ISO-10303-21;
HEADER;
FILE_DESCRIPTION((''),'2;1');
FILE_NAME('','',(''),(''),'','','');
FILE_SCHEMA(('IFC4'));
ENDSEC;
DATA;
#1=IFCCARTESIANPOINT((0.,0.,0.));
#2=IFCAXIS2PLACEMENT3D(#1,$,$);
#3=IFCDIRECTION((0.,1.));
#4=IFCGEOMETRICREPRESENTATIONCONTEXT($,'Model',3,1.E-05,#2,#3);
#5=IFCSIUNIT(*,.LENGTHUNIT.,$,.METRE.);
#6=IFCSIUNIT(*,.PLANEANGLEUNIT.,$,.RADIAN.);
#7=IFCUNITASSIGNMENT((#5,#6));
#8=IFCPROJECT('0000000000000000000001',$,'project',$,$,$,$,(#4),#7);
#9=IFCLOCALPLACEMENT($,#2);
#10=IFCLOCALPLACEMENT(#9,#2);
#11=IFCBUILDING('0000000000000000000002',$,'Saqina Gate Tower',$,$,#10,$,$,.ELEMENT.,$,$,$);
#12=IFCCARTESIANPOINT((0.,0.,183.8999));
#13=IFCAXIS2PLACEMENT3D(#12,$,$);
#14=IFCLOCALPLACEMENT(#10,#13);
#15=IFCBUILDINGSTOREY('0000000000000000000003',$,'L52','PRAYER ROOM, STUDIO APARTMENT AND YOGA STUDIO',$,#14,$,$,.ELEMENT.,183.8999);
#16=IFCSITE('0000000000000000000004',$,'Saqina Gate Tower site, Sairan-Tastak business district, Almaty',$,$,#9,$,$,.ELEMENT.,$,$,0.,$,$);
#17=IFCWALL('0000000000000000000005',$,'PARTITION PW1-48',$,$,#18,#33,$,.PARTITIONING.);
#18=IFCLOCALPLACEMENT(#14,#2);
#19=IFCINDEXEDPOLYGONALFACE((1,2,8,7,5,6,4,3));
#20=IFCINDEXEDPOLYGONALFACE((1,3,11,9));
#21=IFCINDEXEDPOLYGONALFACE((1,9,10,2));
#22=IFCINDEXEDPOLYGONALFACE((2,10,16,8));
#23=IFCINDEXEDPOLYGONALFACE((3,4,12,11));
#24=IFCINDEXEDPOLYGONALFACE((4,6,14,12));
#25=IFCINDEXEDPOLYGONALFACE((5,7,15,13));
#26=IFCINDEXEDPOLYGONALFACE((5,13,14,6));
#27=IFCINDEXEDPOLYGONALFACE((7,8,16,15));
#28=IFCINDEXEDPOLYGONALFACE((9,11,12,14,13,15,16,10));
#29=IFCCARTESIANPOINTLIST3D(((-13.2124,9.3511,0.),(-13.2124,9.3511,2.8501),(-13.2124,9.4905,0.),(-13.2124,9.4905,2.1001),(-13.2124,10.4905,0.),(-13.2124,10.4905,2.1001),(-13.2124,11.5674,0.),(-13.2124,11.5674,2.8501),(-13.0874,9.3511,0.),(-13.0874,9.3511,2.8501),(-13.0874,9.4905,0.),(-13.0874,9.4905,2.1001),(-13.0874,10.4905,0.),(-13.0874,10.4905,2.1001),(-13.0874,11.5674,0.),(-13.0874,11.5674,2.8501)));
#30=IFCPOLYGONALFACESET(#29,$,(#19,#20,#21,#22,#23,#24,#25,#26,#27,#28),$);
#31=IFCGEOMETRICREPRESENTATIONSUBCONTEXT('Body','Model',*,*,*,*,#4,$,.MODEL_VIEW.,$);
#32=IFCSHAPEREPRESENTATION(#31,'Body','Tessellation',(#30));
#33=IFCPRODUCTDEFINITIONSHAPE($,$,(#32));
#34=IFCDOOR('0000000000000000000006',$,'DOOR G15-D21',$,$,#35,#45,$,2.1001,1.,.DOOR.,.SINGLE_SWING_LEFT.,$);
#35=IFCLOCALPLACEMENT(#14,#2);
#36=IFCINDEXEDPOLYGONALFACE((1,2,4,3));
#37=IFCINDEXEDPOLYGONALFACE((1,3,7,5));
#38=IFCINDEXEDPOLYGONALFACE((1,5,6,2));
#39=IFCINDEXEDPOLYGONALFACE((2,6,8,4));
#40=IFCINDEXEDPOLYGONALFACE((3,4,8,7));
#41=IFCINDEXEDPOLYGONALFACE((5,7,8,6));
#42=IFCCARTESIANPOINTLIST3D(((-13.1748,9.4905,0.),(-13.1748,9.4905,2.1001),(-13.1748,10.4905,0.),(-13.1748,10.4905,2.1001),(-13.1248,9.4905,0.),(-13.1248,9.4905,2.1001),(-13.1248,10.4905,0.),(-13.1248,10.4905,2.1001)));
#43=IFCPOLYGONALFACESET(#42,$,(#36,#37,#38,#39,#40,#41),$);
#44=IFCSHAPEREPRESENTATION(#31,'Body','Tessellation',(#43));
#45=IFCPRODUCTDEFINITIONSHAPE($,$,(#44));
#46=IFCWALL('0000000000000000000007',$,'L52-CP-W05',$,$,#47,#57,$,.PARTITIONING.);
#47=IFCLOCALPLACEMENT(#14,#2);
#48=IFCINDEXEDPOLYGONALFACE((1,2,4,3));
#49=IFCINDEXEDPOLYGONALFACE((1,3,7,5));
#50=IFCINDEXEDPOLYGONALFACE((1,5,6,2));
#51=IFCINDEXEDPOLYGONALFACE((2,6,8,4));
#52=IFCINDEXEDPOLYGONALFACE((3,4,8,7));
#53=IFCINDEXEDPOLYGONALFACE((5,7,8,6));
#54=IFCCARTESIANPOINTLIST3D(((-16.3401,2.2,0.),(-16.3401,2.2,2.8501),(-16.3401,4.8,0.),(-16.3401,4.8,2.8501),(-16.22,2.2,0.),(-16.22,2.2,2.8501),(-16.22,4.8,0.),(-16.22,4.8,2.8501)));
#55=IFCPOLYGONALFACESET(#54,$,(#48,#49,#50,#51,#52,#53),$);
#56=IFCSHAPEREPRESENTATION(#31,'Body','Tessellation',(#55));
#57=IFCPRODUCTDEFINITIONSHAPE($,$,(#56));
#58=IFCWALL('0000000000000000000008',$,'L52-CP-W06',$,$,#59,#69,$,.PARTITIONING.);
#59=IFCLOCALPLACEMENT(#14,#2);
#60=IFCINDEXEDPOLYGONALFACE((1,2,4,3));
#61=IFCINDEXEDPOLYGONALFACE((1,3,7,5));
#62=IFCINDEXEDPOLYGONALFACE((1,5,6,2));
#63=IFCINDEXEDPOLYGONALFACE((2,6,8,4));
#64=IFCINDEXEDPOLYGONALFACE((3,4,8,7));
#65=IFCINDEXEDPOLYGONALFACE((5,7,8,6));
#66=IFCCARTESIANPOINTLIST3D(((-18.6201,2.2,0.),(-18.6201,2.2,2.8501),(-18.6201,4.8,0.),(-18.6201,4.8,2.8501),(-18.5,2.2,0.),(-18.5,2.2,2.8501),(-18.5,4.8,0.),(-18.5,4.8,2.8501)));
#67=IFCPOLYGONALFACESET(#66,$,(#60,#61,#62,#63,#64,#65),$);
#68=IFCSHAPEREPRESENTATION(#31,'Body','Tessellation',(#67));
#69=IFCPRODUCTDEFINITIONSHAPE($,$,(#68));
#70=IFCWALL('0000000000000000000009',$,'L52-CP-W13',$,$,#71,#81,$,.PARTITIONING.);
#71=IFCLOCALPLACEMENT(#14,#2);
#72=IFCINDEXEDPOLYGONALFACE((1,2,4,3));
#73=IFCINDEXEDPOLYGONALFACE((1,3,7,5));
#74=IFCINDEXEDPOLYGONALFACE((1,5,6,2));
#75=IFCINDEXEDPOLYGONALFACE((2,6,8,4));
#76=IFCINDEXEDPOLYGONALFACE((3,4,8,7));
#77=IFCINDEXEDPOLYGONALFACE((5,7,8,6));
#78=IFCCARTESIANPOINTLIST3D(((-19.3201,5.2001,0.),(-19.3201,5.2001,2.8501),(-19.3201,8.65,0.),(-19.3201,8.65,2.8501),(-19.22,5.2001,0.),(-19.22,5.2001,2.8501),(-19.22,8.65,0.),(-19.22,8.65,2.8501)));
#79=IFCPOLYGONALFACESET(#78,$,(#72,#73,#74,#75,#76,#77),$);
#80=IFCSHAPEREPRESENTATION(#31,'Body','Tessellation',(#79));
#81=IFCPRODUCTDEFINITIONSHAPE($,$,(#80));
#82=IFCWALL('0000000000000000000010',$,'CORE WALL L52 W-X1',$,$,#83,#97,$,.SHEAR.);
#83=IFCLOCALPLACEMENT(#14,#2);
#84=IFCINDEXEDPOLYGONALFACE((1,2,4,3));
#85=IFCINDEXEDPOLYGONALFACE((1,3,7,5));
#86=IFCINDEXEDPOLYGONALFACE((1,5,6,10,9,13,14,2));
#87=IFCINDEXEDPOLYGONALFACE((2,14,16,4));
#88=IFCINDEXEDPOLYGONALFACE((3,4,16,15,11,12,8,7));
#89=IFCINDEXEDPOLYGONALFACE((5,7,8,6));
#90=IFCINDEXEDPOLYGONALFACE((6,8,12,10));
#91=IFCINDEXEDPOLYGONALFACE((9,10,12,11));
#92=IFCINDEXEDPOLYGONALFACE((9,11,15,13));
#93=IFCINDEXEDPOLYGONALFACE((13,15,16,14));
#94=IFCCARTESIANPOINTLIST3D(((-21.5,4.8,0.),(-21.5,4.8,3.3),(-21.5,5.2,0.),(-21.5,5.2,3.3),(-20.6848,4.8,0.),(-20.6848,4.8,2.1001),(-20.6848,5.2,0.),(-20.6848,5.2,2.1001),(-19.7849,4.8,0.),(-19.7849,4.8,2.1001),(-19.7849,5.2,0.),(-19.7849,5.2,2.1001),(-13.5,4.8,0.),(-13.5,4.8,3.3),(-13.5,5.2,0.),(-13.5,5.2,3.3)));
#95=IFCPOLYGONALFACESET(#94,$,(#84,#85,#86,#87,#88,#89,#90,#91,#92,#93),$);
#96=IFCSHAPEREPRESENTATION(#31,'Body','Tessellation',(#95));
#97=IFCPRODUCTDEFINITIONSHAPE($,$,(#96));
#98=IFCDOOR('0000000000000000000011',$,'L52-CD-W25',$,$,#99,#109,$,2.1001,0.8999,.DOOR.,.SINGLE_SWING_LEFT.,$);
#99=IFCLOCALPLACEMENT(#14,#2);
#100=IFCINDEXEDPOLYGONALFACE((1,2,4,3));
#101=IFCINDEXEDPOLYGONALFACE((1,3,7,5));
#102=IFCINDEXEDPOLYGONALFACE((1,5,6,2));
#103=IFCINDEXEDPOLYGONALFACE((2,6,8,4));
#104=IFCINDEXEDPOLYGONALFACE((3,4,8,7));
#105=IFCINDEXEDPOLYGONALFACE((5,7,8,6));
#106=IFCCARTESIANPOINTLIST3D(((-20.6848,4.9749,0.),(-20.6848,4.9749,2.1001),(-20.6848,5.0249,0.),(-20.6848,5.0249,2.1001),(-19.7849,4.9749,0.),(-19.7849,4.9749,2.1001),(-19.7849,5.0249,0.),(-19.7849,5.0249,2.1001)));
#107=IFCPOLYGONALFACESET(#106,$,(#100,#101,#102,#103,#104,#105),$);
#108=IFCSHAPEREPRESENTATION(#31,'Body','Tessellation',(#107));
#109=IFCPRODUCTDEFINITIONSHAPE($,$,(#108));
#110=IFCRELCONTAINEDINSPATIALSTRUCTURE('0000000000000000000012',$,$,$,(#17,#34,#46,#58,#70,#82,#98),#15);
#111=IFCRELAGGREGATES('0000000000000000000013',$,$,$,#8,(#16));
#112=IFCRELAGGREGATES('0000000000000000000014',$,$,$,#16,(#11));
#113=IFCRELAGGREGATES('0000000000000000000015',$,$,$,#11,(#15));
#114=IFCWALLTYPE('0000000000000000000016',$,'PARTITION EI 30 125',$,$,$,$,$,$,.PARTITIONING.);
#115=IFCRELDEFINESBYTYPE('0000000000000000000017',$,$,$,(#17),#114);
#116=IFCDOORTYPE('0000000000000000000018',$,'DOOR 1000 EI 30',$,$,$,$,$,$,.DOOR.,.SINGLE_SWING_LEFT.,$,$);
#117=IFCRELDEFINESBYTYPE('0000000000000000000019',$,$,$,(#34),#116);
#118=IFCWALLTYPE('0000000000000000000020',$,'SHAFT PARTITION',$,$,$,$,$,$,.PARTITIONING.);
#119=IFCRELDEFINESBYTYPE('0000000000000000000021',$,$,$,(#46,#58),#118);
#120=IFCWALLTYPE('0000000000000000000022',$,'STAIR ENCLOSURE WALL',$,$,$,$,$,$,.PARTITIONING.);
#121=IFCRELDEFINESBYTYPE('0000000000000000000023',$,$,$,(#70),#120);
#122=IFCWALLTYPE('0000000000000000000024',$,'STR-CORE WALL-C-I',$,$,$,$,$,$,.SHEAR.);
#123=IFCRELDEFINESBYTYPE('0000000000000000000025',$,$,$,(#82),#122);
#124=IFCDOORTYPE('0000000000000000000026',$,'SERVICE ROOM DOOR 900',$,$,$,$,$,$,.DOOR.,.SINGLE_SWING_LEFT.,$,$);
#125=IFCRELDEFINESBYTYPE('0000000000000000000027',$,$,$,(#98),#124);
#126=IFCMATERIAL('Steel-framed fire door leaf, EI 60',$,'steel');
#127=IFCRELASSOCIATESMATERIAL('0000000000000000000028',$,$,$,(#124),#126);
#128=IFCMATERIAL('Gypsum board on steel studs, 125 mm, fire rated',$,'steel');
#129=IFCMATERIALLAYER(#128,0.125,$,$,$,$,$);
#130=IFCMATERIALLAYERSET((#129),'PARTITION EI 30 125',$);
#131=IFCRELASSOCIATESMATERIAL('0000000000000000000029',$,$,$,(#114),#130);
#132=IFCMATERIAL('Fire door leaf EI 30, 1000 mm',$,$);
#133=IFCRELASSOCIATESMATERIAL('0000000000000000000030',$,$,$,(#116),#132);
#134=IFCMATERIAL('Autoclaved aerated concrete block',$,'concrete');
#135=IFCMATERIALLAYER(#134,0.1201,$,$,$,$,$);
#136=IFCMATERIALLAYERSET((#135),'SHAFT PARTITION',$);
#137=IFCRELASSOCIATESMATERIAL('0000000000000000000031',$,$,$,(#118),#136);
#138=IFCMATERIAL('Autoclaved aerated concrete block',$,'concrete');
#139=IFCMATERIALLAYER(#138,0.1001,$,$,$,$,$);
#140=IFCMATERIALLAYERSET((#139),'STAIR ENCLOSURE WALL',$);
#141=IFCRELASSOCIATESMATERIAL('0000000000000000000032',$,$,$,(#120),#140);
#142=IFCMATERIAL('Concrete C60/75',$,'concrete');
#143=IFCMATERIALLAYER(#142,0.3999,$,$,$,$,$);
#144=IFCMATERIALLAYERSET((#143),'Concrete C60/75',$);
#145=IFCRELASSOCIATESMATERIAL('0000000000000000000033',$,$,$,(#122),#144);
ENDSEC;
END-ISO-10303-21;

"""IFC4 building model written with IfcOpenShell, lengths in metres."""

from ifc_helpers import new_model, si_unit, direction, frame, frame_2d, origin, place, context, subcontext, project, spatial, rectangle, extrude, material, layer, layer_set, type_object, element, fill, save


model = new_model("IFC4")

# Units and contexts
model_context = context("Model", 3, precision=1e-05, world=origin(), true_north=direction((0.0, 1.0)))
body_context = subcontext(model_context, "Body", "Model", "MODEL_VIEW")
ifc_project = project(units=[si_unit("LENGTHUNIT", "METRE"), si_unit("PLANEANGLEUNIT", "RADIAN")], contexts=[model_context])

# Site, building, storey
site_placement = place(None, origin())
site = spatial("IfcSite", under=ifc_project, at=site_placement, Name="Saqina Gate Tower site, Sairan-Tastak business district, Almaty", CompositionType="ELEMENT", RefElevation=0.0)
building_placement = place(site_placement, origin())
building = spatial("IfcBuilding", under=site, at=building_placement, Name="Saqina Gate Tower", CompositionType="ELEMENT")
storey_placement = place(building_placement, frame((0.0, 0.0, 183.8999)))
storey = spatial("IfcBuildingStorey", under=building, at=storey_placement, Name="L52", Description="PRAYER ROOM, STUDIO APARTMENT AND YOGA STUDIO", CompositionType="ELEMENT", Elevation=183.8999)

# Shared definitions
ifc_material_1 = material(Name="Steel-framed fire door leaf, EI 60", Category="steel")
door_type_1 = type_object("IfcDoorType", Name="SERVICE ROOM DOOR 900", OperationType="SINGLE_SWING_LEFT", PredefinedType="DOOR", material=ifc_material_1)

# Shared definitions
ifc_material_2 = material(Name="Gypsum board on steel studs, 125 mm, fire rated", Category="steel")
ifc_layer_1 = layer(ifc_material_2, 0.125)
ifc_layer_set_1 = layer_set([ifc_layer_1], Name="PARTITION EI 30 125")
wall_type_1 = type_object("IfcWallType", Name="PARTITION EI 30 125", PredefinedType="PARTITIONING", material=ifc_layer_set_1)

# Wall, opening, door
wall_1_placement = place(storey_placement, frame((-13.1499, 9.3511, 0.0), z_axis=(0.0, 0.0, 1.0), x_axis=(0.0, 1.0, 0.0)))
wall_1 = element("IfcWall", 1, at=wall_1_placement, inside=storey, type_object=wall_type_1, Name="PARTITION PW1-48", PredefinedType="PARTITIONING", context=body_context, shape_type="SweptSolid", body=[
    extrude(rectangle(XDim=2.2163, YDim=0.125, at=frame_2d((1.1082, 0.0))), origin(), (0.0, 0.0, 1.0), 2.8501),
])
opening_1_placement = place(wall_1_placement, frame((0.1394, 0.0, 0.0)))
opening_1 = element("IfcOpeningElement", 2, at=opening_1_placement, cuts=wall_1, PredefinedType="OPENING", context=body_context, shape_type="SweptSolid", body=[
    extrude(rectangle(XDim=1.0, YDim=2.1001, at=frame_2d((0.5, 1.05))), frame((0.0, 0.0745, 0.0), z_axis=(0.0, -1.0, 0.0), x_axis=(1.0, 0.0, 0.0)), (0.0, 0.0, 1.0), 0.1489),
])
ifc_material_3 = material(Name="Fire door leaf EI 30, 1000 mm")
door_type_2 = type_object("IfcDoorType", Name="DOOR 1000 EI 30", OperationType="SINGLE_SWING_LEFT", PredefinedType="DOOR", material=ifc_material_3)
door_1_placement = place(opening_1_placement, origin())
door_1 = element("IfcDoor", 3, at=door_1_placement, inside=storey, type_object=door_type_2, Name="DOOR G15-D21", OperationType="SINGLE_SWING_LEFT", OverallHeight=2.1001, OverallWidth=1.0, PredefinedType="DOOR", context=body_context, shape_type="SweptSolid", body=[
    extrude(rectangle(XDim=1.0, YDim=2.1001, at=frame_2d((0.5, 1.05))), frame((0.0, 0.0249, 0.0), z_axis=(0.0, -1.0, 0.0), x_axis=(1.0, 0.0, 0.0)), (0.0, 0.0, 1.0), 0.05),
])
fill(opening_1, door_1)

# Walls
ifc_material_4 = material(Name="Autoclaved aerated concrete block", Category="concrete")
ifc_layer_2 = layer(ifc_material_4, 0.1201)
ifc_layer_set_2 = layer_set([ifc_layer_2], Name="SHAFT PARTITION")
wall_type_2 = type_object("IfcWallType", Name="SHAFT PARTITION", PredefinedType="PARTITIONING", material=ifc_layer_set_2)
for number, where, z_axis, x_axis, name in (
    (4, (-16.28, 2.2, 0.0), (0.0, 0.0, 1.0), (0.0, 1.0, 0.0), "L52-CP-W05"),
    (5, (-18.5601, 2.2, 0.0), (0.0, 0.0, 1.0), (0.0, 1.0, 0.0), "L52-CP-W06"),
):
    element("IfcWall", number, at=place(storey_placement, frame(where, z_axis=z_axis, x_axis=x_axis)), inside=storey, type_object=wall_type_2, Name=name, PredefinedType="PARTITIONING", context=body_context, shape_type="SweptSolid", body=[
        extrude(rectangle(XDim=2.6001, YDim=0.1201, at=frame_2d((1.3, 0.0))), origin(), (0.0, 0.0, 1.0), 2.8501),
    ])
ifc_material_5 = material(Name="Autoclaved aerated concrete block", Category="concrete")
ifc_layer_3 = layer(ifc_material_5, 0.1001)
ifc_layer_set_3 = layer_set([ifc_layer_3], Name="STAIR ENCLOSURE WALL")
wall_type_3 = type_object("IfcWallType", Name="STAIR ENCLOSURE WALL", PredefinedType="PARTITIONING", material=ifc_layer_set_3)
wall_2_placement = place(storey_placement, frame((-19.27, 5.2, 0.0), z_axis=(0.0, 0.0, 1.0), x_axis=(0.0, 1.0, 0.0)))
element("IfcWall", 6, at=wall_2_placement, inside=storey, type_object=wall_type_3, Name="L52-CP-W13", PredefinedType="PARTITIONING", context=body_context, shape_type="SweptSolid", body=[
    extrude(rectangle(XDim=3.45, YDim=0.1001, at=frame_2d((1.7251, 0.0))), origin(), (0.0, 0.0, 1.0), 2.8501),
])

# Wall, opening, door
ifc_material_6 = material(Name="Concrete C60/75", Category="concrete")
ifc_layer_4 = layer(ifc_material_6, 0.3999)
ifc_layer_set_4 = layer_set([ifc_layer_4], Name="Concrete C60/75")
wall_type_4 = type_object("IfcWallType", Name="STR-CORE WALL-C-I", PredefinedType="SHEAR", material=ifc_layer_set_4)
wall_3_placement = place(storey_placement, frame((-13.5, 5.0, 0.0), z_axis=(0.0, 0.0, 1.0), x_axis=(-1.0, 0.0, 0.0)))
wall_3 = element("IfcWall", 7, at=wall_3_placement, inside=storey, type_object=wall_type_4, Name="CORE WALL L52 W-X1", PredefinedType="SHEAR", context=body_context, shape_type="SweptSolid", body=[
    extrude(rectangle(XDim=8.0, YDim=0.3999, at=frame_2d((4.0, 0.0))), origin(), (0.0, 0.0, 1.0), 3.3),
])
opening_2_placement = place(wall_3_placement, frame((6.2849, 0.0, 0.0)))
opening_2 = element("IfcOpeningElement", 8, at=opening_2_placement, cuts=wall_3, PredefinedType="OPENING", context=body_context, shape_type="SweptSolid", body=[
    extrude(rectangle(XDim=0.8999, YDim=2.1001, at=frame_2d((0.45, 1.05))), frame((0.0, 0.2119, 0.0), z_axis=(0.0, -1.0, 0.0), x_axis=(1.0, 0.0, 0.0)), (0.0, 0.0, 1.0), 0.4238),
])
door_2_placement = place(opening_2_placement, frame((0.8999, 0.0, 0.0), z_axis=(0.0, 0.0, 1.0), x_axis=(-1.0, 0.0, 0.0)))
door_2 = element("IfcDoor", 9, at=door_2_placement, inside=storey, type_object=door_type_1, Name="L52-CD-W25", OperationType="SINGLE_SWING_LEFT", OverallHeight=2.1001, OverallWidth=0.8999, PredefinedType="DOOR", context=body_context, shape_type="SweptSolid", body=[
    extrude(rectangle(XDim=0.8999, YDim=2.1001, at=frame_2d((0.45, 1.05))), frame((0.0, 0.0249, 0.0), z_axis=(0.0, -1.0, 0.0), x_axis=(1.0, 0.0, 0.0)), (0.0, 0.0, 1.0), 0.05),
])
fill(opening_2, door_2)

save(model, "model.ifc")
